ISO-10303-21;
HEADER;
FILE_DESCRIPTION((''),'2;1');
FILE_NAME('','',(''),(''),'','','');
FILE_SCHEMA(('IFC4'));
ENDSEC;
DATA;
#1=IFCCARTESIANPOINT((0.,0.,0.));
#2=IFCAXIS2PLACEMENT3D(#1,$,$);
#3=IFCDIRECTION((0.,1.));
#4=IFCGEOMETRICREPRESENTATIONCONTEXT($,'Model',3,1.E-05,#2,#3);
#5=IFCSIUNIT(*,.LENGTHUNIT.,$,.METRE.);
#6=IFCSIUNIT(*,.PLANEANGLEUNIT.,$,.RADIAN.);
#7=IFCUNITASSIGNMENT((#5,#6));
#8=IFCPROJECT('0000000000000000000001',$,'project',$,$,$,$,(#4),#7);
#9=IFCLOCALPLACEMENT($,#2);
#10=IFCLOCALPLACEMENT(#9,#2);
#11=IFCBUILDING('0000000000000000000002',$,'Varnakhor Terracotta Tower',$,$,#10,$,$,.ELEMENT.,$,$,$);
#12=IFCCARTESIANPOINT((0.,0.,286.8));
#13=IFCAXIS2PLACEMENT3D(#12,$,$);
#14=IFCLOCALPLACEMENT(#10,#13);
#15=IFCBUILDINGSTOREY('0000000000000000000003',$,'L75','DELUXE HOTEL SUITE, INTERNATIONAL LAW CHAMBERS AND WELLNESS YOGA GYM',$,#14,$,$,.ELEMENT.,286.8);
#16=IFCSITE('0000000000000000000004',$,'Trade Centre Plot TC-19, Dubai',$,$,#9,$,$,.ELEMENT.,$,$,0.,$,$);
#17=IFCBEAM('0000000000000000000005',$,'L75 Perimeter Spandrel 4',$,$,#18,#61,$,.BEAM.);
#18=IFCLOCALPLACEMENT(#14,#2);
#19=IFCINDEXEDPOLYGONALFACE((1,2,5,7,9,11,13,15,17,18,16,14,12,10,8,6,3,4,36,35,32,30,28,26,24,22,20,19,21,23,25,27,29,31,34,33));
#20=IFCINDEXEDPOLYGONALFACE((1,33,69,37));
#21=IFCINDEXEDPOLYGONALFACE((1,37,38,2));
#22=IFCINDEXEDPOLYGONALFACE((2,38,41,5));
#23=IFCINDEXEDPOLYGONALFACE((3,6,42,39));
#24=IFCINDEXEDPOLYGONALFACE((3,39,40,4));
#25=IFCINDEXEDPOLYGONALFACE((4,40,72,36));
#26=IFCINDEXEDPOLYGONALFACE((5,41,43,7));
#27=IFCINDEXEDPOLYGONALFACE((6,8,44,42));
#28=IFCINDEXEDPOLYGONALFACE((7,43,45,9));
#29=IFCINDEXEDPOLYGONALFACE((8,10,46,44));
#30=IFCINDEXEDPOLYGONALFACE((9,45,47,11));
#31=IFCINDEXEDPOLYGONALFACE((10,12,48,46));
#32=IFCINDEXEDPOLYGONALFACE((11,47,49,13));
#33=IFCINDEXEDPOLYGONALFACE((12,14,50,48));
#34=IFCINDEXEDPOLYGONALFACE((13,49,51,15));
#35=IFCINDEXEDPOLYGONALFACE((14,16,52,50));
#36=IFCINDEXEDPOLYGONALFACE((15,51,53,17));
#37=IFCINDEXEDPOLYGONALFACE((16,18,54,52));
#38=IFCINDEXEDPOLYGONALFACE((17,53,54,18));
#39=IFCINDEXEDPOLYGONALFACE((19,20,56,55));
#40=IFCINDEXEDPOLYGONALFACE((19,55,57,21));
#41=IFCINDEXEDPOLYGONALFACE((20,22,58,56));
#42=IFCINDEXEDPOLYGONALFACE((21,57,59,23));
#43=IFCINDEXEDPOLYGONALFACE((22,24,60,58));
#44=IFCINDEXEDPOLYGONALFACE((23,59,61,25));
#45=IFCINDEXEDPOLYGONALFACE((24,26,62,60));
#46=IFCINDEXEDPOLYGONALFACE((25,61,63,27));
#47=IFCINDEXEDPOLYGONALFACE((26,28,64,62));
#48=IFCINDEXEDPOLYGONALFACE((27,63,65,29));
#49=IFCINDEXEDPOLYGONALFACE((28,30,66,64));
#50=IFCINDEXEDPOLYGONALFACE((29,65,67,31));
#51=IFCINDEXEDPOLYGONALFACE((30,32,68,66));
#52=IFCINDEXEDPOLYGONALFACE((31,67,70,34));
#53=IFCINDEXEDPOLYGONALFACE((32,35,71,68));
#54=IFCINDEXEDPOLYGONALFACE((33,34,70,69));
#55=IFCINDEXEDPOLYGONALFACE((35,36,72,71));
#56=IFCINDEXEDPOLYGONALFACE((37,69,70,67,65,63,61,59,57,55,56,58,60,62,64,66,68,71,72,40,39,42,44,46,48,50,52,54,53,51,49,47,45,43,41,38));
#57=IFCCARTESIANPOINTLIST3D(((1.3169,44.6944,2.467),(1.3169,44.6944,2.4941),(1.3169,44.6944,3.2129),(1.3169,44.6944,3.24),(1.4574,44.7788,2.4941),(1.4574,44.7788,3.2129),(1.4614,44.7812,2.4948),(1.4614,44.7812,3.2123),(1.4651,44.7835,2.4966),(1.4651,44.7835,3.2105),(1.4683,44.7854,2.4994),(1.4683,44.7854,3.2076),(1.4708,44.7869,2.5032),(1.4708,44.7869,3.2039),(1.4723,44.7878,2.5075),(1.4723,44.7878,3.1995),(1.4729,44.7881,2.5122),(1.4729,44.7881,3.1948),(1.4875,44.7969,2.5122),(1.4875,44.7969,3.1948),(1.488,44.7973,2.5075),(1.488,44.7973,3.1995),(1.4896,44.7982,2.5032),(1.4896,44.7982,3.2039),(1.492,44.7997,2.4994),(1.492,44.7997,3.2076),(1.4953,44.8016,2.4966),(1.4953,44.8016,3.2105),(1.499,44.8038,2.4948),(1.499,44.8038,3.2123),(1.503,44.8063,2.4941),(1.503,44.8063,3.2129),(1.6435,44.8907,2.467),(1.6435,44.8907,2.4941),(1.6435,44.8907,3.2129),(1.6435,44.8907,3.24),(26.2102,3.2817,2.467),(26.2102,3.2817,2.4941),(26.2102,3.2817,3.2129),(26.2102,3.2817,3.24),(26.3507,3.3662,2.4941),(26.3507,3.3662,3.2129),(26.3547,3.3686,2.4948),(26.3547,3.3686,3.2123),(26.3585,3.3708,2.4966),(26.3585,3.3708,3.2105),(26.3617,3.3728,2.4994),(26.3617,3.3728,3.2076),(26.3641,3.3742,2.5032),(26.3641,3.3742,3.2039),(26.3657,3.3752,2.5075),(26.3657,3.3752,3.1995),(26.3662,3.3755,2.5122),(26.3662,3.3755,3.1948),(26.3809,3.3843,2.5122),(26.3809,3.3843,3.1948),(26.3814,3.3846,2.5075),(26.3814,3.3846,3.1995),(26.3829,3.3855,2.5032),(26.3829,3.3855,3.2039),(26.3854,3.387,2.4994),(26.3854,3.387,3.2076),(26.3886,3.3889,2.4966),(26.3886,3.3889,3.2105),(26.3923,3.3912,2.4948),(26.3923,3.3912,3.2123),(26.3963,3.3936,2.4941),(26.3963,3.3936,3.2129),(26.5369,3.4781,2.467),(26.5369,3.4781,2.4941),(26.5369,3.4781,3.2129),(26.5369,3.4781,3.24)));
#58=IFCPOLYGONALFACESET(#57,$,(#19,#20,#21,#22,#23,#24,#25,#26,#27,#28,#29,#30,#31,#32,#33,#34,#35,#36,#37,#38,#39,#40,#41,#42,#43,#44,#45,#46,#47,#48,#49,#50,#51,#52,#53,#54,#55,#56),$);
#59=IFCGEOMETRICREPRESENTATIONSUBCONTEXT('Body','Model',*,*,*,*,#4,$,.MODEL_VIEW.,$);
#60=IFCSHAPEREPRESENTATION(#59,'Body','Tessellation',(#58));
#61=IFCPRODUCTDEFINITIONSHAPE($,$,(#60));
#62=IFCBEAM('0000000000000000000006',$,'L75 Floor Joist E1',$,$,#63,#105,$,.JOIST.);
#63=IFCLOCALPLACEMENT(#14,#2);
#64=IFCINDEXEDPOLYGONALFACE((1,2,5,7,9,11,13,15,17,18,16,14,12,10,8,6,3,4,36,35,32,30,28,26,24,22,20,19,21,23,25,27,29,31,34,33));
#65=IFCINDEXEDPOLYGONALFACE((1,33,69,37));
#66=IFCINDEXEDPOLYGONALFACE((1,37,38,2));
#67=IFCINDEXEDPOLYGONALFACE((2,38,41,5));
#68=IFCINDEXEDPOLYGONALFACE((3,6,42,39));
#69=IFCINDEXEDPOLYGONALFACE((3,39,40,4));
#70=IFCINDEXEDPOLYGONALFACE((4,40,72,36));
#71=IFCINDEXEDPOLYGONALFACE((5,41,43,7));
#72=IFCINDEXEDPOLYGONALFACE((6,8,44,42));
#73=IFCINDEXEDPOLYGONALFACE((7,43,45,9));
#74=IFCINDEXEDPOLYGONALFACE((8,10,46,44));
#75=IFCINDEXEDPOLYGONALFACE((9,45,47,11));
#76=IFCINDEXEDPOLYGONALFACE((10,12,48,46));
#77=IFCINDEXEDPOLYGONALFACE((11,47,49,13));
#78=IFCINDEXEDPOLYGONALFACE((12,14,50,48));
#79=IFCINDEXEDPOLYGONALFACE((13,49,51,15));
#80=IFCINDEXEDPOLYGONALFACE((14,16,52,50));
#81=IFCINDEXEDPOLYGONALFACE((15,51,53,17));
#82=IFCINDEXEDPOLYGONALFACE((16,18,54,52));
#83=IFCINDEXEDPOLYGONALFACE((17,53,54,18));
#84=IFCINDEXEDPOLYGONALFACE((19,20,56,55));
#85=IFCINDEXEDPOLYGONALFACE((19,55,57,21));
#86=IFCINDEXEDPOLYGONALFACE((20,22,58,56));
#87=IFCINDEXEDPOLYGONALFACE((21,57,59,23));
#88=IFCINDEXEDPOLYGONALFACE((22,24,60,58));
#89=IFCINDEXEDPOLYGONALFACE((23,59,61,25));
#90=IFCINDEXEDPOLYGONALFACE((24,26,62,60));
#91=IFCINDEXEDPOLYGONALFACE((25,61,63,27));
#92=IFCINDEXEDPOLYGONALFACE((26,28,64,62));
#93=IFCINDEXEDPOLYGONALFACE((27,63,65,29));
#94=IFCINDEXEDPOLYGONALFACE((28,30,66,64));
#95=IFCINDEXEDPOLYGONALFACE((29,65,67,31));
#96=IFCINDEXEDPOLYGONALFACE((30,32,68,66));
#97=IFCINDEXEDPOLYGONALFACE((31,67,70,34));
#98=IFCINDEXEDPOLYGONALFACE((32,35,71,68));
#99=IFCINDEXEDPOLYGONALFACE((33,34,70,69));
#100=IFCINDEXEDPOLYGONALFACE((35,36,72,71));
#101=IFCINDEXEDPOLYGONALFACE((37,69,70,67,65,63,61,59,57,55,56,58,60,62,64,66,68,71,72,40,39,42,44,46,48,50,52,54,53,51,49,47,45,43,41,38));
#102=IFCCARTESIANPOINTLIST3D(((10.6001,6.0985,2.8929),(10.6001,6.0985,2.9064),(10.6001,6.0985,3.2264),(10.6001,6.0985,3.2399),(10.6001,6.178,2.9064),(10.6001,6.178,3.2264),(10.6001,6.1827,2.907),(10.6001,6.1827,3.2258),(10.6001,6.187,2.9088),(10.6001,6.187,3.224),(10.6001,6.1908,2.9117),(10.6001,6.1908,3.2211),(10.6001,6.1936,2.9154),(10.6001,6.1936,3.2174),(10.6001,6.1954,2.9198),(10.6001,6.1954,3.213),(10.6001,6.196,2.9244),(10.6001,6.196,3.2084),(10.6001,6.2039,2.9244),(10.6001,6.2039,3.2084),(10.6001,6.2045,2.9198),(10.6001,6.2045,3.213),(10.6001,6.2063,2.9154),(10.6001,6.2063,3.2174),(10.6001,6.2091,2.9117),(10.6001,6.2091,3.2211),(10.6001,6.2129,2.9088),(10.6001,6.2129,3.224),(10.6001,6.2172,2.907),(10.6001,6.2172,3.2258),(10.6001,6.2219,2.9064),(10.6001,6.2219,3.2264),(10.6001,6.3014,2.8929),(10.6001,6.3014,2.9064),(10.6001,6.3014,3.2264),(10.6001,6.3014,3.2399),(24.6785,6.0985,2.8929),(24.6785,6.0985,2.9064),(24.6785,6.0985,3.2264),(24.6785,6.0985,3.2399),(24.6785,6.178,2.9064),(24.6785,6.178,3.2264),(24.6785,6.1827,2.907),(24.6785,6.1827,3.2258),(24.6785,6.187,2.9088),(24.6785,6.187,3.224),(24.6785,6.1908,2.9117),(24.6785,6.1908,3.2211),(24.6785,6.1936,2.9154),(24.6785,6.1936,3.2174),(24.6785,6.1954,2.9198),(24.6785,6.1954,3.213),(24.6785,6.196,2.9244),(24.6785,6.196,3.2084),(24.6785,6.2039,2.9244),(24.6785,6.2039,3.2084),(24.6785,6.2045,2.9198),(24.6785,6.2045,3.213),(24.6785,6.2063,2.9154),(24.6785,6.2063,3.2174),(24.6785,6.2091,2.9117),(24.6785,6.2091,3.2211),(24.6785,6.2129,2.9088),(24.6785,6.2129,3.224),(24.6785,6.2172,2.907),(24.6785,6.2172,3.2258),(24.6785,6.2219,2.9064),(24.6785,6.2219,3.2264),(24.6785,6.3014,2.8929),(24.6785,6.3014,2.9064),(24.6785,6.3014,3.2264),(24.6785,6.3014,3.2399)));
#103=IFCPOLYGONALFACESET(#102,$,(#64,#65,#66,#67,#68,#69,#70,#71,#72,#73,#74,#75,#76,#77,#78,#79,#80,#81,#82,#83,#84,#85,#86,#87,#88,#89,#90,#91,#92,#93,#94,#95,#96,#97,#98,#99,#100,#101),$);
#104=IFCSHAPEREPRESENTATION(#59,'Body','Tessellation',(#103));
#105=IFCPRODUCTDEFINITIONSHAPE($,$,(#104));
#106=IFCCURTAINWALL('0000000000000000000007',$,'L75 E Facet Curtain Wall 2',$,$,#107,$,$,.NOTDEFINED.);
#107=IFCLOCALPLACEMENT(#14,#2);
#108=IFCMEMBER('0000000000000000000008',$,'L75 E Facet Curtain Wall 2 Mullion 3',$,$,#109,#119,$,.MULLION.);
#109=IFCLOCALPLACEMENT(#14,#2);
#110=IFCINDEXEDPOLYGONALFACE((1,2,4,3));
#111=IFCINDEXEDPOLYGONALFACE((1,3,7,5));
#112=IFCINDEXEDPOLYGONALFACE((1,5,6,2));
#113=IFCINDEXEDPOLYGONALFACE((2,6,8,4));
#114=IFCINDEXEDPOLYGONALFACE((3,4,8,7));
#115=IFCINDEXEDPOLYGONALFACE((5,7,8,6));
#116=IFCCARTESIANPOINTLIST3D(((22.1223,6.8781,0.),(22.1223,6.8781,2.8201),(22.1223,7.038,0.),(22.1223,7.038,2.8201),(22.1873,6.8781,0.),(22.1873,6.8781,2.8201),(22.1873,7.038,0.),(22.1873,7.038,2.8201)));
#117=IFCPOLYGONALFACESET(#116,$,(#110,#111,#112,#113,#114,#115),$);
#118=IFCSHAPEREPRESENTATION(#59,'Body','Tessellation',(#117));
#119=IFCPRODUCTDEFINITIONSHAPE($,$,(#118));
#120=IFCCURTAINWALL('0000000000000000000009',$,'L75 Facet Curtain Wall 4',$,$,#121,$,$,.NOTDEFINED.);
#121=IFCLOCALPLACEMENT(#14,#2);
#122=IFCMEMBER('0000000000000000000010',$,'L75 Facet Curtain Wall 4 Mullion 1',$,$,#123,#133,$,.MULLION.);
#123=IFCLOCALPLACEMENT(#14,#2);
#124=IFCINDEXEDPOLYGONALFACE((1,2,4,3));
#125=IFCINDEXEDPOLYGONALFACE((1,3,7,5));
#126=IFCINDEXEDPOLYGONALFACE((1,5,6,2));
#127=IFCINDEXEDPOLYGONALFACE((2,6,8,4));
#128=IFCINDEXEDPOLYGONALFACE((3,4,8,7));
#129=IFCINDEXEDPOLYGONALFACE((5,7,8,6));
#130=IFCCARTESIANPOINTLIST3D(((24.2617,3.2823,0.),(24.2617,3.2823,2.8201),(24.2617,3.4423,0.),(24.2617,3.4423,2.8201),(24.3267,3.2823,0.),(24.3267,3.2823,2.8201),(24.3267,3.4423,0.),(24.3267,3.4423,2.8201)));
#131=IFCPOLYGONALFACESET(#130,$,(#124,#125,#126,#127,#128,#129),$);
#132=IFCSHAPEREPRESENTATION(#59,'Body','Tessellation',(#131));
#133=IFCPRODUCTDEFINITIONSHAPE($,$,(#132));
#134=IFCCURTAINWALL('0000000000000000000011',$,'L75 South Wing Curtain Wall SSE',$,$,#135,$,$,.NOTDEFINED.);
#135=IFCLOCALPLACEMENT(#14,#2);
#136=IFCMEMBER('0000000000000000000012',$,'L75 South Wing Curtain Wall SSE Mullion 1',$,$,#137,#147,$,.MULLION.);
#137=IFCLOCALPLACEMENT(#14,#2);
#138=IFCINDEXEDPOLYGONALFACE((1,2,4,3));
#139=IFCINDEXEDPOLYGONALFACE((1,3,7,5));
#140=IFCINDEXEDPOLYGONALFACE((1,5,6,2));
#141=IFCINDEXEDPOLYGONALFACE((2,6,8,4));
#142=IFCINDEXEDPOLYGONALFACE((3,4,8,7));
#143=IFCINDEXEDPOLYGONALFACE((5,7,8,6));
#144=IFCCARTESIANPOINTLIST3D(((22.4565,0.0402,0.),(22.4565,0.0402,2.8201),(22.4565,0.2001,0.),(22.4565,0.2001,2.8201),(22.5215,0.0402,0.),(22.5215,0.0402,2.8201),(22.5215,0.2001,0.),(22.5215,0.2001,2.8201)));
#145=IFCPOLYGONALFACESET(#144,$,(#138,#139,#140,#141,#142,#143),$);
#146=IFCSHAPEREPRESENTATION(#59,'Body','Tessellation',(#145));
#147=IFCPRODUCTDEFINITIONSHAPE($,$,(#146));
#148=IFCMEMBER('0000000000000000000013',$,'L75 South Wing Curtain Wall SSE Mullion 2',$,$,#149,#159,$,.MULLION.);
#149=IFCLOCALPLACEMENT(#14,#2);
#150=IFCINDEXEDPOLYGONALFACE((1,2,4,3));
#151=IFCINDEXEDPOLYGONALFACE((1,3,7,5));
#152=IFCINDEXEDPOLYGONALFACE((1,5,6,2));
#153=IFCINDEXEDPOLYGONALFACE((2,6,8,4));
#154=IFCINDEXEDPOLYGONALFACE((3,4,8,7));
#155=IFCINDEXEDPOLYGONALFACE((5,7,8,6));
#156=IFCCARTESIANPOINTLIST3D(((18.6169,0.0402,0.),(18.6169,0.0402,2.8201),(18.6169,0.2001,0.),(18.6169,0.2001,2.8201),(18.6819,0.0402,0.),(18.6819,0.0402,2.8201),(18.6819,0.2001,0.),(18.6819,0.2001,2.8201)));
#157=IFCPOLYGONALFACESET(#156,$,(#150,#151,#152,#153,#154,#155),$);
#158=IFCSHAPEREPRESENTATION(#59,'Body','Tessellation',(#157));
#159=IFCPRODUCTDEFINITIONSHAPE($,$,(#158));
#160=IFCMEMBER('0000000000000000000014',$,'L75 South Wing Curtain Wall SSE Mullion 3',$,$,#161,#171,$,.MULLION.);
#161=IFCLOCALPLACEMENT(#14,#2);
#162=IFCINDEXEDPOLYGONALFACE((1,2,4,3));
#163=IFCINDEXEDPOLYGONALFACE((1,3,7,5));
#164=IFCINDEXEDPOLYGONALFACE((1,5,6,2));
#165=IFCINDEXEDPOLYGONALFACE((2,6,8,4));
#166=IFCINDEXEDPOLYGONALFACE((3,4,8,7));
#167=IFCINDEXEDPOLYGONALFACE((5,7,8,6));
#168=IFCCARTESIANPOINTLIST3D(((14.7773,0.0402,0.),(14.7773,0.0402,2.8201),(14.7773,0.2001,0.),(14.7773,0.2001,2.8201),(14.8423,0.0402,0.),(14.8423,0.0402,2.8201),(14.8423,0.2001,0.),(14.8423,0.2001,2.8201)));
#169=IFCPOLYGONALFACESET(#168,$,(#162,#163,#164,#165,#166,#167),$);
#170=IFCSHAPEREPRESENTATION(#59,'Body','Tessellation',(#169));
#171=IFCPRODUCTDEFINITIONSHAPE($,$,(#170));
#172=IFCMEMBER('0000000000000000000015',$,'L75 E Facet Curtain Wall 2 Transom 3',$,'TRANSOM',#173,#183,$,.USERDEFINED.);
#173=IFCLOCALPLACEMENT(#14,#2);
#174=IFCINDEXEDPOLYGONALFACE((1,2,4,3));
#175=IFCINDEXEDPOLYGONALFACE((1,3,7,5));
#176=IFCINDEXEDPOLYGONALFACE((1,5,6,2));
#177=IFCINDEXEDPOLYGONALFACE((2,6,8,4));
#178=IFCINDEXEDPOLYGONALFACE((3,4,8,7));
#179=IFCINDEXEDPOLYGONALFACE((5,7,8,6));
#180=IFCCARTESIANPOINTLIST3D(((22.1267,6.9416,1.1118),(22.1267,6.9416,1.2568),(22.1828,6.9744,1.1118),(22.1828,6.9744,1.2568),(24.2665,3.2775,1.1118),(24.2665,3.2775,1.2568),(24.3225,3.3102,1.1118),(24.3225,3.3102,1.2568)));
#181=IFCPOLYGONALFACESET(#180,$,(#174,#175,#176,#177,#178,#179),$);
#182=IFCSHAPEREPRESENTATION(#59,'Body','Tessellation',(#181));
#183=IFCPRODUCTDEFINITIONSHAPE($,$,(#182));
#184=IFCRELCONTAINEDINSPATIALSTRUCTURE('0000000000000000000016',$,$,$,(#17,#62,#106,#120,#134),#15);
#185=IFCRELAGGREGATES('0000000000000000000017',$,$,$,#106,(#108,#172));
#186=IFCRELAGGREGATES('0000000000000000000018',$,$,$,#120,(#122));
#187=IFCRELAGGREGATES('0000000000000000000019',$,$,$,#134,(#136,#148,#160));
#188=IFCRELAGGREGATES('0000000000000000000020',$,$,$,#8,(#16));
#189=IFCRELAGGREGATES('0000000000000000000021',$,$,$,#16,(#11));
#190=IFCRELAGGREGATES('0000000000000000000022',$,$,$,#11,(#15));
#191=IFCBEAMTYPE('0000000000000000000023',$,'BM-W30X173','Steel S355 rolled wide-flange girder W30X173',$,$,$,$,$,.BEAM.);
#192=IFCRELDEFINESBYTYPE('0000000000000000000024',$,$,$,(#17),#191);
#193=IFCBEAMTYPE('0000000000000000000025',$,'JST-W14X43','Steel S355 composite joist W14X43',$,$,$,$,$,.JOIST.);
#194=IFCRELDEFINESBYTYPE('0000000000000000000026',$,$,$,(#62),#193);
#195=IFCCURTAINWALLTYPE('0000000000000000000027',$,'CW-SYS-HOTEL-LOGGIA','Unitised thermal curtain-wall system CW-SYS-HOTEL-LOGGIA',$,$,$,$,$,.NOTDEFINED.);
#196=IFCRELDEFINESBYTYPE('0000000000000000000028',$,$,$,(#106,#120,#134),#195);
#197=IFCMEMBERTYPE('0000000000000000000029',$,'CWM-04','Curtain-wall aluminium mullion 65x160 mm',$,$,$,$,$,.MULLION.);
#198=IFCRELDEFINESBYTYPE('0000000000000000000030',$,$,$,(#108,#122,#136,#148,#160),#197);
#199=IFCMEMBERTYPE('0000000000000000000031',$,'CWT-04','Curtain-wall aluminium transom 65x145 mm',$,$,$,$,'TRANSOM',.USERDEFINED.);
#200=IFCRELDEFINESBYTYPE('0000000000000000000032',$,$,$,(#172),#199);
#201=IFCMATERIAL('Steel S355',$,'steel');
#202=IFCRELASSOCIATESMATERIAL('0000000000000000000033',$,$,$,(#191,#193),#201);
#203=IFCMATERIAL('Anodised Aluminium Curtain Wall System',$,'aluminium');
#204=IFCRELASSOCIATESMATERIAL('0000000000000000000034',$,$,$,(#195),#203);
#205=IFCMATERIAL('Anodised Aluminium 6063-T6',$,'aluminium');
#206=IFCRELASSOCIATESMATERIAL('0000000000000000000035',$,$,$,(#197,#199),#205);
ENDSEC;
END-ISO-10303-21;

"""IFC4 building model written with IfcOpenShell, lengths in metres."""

from ifc_helpers import new_model, si_unit, direction, frame, origin, origin_2d, place, context, subcontext, project, spatial, rectangle, i_section, extrude, source, transform, mapped, material, material_profile, profile_set, type_object, type_shapes, element, aggregate, save


model = new_model("IFC4")

# Units and contexts
model_context = context("Model", 3, precision=1e-05, world=origin(), true_north=direction((0.0, 1.0)))
body_context = subcontext(model_context, "Body", "Model", "MODEL_VIEW")
ifc_project = project(units=[si_unit("LENGTHUNIT", "METRE"), si_unit("PLANEANGLEUNIT", "RADIAN")], contexts=[model_context])

# Site, building, storey
site_placement = place(None, origin())
site = spatial("IfcSite", under=ifc_project, at=site_placement, Name="Trade Centre Plot TC-19, Dubai", CompositionType="ELEMENT", RefElevation=0.0)
building_placement = place(site_placement, origin())
building = spatial("IfcBuilding", under=site, at=building_placement, Name="Varnakhor Terracotta Tower", CompositionType="ELEMENT")
storey_placement = place(building_placement, frame((0.0, 0.0, 286.8)))
storey = spatial("IfcBuildingStorey", under=building, at=storey_placement, Name="L75", Description="DELUXE HOTEL SUITE, INTERNATIONAL LAW CHAMBERS AND WELLNESS YOGA GYM", CompositionType="ELEMENT", Elevation=286.8)

# Shared definitions
ifc_material_1 = material(Name="Steel S355", Category="steel")

# Beams
ifc_material_profile_1 = material_profile(ifc_material_1, i_section(OverallWidth=0.3811, OverallDepth=0.7729, WebThickness=0.0171, FlangeThickness=0.0271, FilletRadius=0.0181, at=origin_2d()), Name="W30X173")
ifc_profile_set_1 = profile_set([ifc_material_profile_1], Name="Steel S355")
beam_type_1 = type_object("IfcBeamType", Name="BM-W30X173", Description="Steel S355 rolled wide-flange girder W30X173", PredefinedType="BEAM", material=ifc_profile_set_1)
shared_shape_1 = source(origin(), body_context, "Body", "SweptSolid", [
    extrude(i_section(OverallWidth=0.3811, OverallDepth=0.7729, WebThickness=0.0171, FlangeThickness=0.0271, FilletRadius=0.0181, at=origin_2d()), origin(), (0.0, 0.0, 1.0), 48.3186),
])
beam_1_placement = place(storey_placement, frame((26.3735, 3.3799, 2.8535), z_axis=(-0.515192, 0.857075, 0.0), x_axis=(-0.857075, -0.515192, 0.0)))
element("IfcBeam", 1, at=beam_1_placement, inside=storey, type_object=beam_type_1, Name="L75 Perimeter Spandrel 4", PredefinedType="BEAM", context=body_context, shape_type="MappedRepresentation", body=[
    mapped(shared_shape_1, transform((0.0, 0.0, 0.0), scale=1.0)),
])
ifc_material_profile_2 = material_profile(ifc_material_1, i_section(OverallWidth=0.2029, OverallDepth=0.3469, WebThickness=0.0078, FlangeThickness=0.0134, FilletRadius=0.0181, at=origin_2d()), Name="W14X43")
ifc_profile_set_2 = profile_set([ifc_material_profile_2], Name="Steel S355")
beam_type_2 = type_object("IfcBeamType", Name="JST-W14X43", Description="Steel S355 composite joist W14X43", PredefinedType="JOIST", material=ifc_profile_set_2)
shared_shape_2 = source(origin(), body_context, "Body", "SweptSolid", [
    extrude(i_section(OverallWidth=0.2029, OverallDepth=0.3469, WebThickness=0.0078, FlangeThickness=0.0134, FilletRadius=0.0181, at=origin_2d()), origin(), (0.0, 0.0, 1.0), 14.0784),
])
beam_2_placement = place(storey_placement, frame((10.6001, 6.2, 3.0664), z_axis=(1.0, 0.0, 0.0), x_axis=(0.0, 1.0, 0.0)))
element("IfcBeam", 2, at=beam_2_placement, inside=storey, type_object=beam_type_2, Name="L75 Floor Joist E1", PredefinedType="JOIST", context=body_context, shape_type="MappedRepresentation", body=[
    mapped(shared_shape_2, transform((0.0, 0.0, 0.0), scale=1.0)),
])

# Curtain walls, members
ifc_material_2 = material(Name="Anodised Aluminium Curtain Wall System", Category="aluminium")
curtain_wall_type = type_object("IfcCurtainWallType", Name="CW-SYS-HOTEL-LOGGIA", Description="Unitised thermal curtain-wall system CW-SYS-HOTEL-LOGGIA", PredefinedType="NOTDEFINED", material=ifc_material_2)
curtain_wall_1_placement = place(storey_placement, origin())
curtain_wall_1 = element("IfcCurtainWall", 3, at=curtain_wall_1_placement, inside=storey, type_object=curtain_wall_type, Name="L75 E Facet Curtain Wall 2", PredefinedType="NOTDEFINED")
ifc_material_3 = material(Name="Anodised Aluminium 6063-T6", Category="aluminium")
ifc_material_profile_3 = material_profile(ifc_material_3, rectangle(XDim=0.0649, YDim=0.1599, at=origin_2d()), Name="ALU MULLION 65x160")
ifc_profile_set_3 = profile_set([ifc_material_profile_3], Name="Anodised Aluminium 6063-T6")
member_type_1 = type_object("IfcMemberType", Name="CWM-04", Description="Curtain-wall aluminium mullion 65x160 mm", PredefinedType="MULLION", material=ifc_profile_set_3)
shared_shape_3 = source(origin(), body_context, "Body", "SweptSolid", [
    extrude(rectangle(XDim=0.0649, YDim=0.1599, at=origin_2d()), origin(), (0.0, 0.0, 1.0), 2.8201),
])
type_shapes(member_type_1, [shared_shape_3])
member_1_placement = place(storey_placement, frame((22.1548, 6.958, 0.0), z_axis=(0.0, 0.0, 1.0), x_axis=(1.0, 0.0, 0.0)))
member_1 = element("IfcMember", 4, at=member_1_placement, type_object=member_type_1, Name="L75 E Facet Curtain Wall 2 Mullion 3", PredefinedType="MULLION", context=body_context, shape_type="MappedRepresentation", body=[
    mapped(shared_shape_3, transform((0.0, 0.0, 0.0), scale=1.0)),
])
curtain_wall_2_placement = place(storey_placement, origin())
curtain_wall_2 = element("IfcCurtainWall", 5, at=curtain_wall_2_placement, inside=storey, type_object=curtain_wall_type, Name="L75 Facet Curtain Wall 4", PredefinedType="NOTDEFINED")
member_2_placement = place(storey_placement, frame((24.2942, 3.3623, 0.0), z_axis=(0.0, 0.0, 1.0), x_axis=(1.0, 0.0, 0.0)))
member_2 = element("IfcMember", 6, at=member_2_placement, type_object=member_type_1, Name="L75 Facet Curtain Wall 4 Mullion 1", PredefinedType="MULLION", context=body_context, shape_type="MappedRepresentation", body=[
    mapped(shared_shape_3, transform((0.0, 0.0, 0.0), scale=1.0)),
])

# Curtain wall, members
curtain_wall_3_placement = place(storey_placement, origin())
curtain_wall_3 = element("IfcCurtainWall", 7, at=curtain_wall_3_placement, inside=storey, type_object=curtain_wall_type, Name="L75 South Wing Curtain Wall SSE", PredefinedType="NOTDEFINED")
member_3_placement = place(storey_placement, frame((22.489, 0.1201, 0.0), z_axis=(0.0, 0.0, 1.0), x_axis=(1.0, 0.0, 0.0)))
member_3 = element("IfcMember", 8, at=member_3_placement, type_object=member_type_1, Name="L75 South Wing Curtain Wall SSE Mullion 1", PredefinedType="MULLION", context=body_context, shape_type="MappedRepresentation", body=[
    mapped(shared_shape_3, transform((0.0, 0.0, 0.0), scale=1.0)),
])
member_4_placement = place(storey_placement, frame((18.6494, 0.1201, 0.0), z_axis=(0.0, 0.0, 1.0), x_axis=(1.0, 0.0, 0.0)))
member_4 = element("IfcMember", 9, at=member_4_placement, type_object=member_type_1, Name="L75 South Wing Curtain Wall SSE Mullion 2", PredefinedType="MULLION", context=body_context, shape_type="MappedRepresentation", body=[
    mapped(shared_shape_3, transform((0.0, 0.0, 0.0), scale=1.0)),
])
member_5_placement = place(storey_placement, frame((14.8098, 0.1201, 0.0), z_axis=(0.0, 0.0, 1.0), x_axis=(1.0, 0.0, 0.0)))
member_5 = element("IfcMember", 10, at=member_5_placement, type_object=member_type_1, Name="L75 South Wing Curtain Wall SSE Mullion 3", PredefinedType="MULLION", context=body_context, shape_type="MappedRepresentation", body=[
    mapped(shared_shape_3, transform((0.0, 0.0, 0.0), scale=1.0)),
])

# Member
ifc_material_profile_4 = material_profile(ifc_material_3, rectangle(XDim=0.0649, YDim=0.145, at=origin_2d()), Name="ALU TRANSOM 65x145")
ifc_profile_set_4 = profile_set([ifc_material_profile_4], Name="Anodised Aluminium 6063-T6")
member_type_2 = type_object("IfcMemberType", Name="CWT-04", Description="Curtain-wall aluminium transom 65x145 mm", ElementType="TRANSOM", PredefinedType="USERDEFINED", material=ifc_profile_set_4)
shared_shape_4 = source(origin(), body_context, "Body", "SweptSolid", [
    extrude(rectangle(XDim=0.0649, YDim=0.145, at=origin_2d()), origin(), (0.0, 0.0, 1.0), 4.2432),
])
member_6_placement = place(storey_placement, frame((22.1548, 6.958, 1.1843), z_axis=(0.504272, -0.863545, 0.0), x_axis=(0.863545, 0.504272, 0.0)))
member_6 = element("IfcMember", 11, at=member_6_placement, type_object=member_type_2, Name="L75 E Facet Curtain Wall 2 Transom 3", ObjectType="TRANSOM", PredefinedType="USERDEFINED", context=body_context, shape_type="MappedRepresentation", body=[
    mapped(shared_shape_4, transform((0.0, 0.0, 0.0), scale=1.0)),
])

aggregate(curtain_wall_1, [member_1, member_6])
aggregate(curtain_wall_2, [member_2])
aggregate(curtain_wall_3, [member_3, member_4, member_5])

save(model, "model.ifc")
